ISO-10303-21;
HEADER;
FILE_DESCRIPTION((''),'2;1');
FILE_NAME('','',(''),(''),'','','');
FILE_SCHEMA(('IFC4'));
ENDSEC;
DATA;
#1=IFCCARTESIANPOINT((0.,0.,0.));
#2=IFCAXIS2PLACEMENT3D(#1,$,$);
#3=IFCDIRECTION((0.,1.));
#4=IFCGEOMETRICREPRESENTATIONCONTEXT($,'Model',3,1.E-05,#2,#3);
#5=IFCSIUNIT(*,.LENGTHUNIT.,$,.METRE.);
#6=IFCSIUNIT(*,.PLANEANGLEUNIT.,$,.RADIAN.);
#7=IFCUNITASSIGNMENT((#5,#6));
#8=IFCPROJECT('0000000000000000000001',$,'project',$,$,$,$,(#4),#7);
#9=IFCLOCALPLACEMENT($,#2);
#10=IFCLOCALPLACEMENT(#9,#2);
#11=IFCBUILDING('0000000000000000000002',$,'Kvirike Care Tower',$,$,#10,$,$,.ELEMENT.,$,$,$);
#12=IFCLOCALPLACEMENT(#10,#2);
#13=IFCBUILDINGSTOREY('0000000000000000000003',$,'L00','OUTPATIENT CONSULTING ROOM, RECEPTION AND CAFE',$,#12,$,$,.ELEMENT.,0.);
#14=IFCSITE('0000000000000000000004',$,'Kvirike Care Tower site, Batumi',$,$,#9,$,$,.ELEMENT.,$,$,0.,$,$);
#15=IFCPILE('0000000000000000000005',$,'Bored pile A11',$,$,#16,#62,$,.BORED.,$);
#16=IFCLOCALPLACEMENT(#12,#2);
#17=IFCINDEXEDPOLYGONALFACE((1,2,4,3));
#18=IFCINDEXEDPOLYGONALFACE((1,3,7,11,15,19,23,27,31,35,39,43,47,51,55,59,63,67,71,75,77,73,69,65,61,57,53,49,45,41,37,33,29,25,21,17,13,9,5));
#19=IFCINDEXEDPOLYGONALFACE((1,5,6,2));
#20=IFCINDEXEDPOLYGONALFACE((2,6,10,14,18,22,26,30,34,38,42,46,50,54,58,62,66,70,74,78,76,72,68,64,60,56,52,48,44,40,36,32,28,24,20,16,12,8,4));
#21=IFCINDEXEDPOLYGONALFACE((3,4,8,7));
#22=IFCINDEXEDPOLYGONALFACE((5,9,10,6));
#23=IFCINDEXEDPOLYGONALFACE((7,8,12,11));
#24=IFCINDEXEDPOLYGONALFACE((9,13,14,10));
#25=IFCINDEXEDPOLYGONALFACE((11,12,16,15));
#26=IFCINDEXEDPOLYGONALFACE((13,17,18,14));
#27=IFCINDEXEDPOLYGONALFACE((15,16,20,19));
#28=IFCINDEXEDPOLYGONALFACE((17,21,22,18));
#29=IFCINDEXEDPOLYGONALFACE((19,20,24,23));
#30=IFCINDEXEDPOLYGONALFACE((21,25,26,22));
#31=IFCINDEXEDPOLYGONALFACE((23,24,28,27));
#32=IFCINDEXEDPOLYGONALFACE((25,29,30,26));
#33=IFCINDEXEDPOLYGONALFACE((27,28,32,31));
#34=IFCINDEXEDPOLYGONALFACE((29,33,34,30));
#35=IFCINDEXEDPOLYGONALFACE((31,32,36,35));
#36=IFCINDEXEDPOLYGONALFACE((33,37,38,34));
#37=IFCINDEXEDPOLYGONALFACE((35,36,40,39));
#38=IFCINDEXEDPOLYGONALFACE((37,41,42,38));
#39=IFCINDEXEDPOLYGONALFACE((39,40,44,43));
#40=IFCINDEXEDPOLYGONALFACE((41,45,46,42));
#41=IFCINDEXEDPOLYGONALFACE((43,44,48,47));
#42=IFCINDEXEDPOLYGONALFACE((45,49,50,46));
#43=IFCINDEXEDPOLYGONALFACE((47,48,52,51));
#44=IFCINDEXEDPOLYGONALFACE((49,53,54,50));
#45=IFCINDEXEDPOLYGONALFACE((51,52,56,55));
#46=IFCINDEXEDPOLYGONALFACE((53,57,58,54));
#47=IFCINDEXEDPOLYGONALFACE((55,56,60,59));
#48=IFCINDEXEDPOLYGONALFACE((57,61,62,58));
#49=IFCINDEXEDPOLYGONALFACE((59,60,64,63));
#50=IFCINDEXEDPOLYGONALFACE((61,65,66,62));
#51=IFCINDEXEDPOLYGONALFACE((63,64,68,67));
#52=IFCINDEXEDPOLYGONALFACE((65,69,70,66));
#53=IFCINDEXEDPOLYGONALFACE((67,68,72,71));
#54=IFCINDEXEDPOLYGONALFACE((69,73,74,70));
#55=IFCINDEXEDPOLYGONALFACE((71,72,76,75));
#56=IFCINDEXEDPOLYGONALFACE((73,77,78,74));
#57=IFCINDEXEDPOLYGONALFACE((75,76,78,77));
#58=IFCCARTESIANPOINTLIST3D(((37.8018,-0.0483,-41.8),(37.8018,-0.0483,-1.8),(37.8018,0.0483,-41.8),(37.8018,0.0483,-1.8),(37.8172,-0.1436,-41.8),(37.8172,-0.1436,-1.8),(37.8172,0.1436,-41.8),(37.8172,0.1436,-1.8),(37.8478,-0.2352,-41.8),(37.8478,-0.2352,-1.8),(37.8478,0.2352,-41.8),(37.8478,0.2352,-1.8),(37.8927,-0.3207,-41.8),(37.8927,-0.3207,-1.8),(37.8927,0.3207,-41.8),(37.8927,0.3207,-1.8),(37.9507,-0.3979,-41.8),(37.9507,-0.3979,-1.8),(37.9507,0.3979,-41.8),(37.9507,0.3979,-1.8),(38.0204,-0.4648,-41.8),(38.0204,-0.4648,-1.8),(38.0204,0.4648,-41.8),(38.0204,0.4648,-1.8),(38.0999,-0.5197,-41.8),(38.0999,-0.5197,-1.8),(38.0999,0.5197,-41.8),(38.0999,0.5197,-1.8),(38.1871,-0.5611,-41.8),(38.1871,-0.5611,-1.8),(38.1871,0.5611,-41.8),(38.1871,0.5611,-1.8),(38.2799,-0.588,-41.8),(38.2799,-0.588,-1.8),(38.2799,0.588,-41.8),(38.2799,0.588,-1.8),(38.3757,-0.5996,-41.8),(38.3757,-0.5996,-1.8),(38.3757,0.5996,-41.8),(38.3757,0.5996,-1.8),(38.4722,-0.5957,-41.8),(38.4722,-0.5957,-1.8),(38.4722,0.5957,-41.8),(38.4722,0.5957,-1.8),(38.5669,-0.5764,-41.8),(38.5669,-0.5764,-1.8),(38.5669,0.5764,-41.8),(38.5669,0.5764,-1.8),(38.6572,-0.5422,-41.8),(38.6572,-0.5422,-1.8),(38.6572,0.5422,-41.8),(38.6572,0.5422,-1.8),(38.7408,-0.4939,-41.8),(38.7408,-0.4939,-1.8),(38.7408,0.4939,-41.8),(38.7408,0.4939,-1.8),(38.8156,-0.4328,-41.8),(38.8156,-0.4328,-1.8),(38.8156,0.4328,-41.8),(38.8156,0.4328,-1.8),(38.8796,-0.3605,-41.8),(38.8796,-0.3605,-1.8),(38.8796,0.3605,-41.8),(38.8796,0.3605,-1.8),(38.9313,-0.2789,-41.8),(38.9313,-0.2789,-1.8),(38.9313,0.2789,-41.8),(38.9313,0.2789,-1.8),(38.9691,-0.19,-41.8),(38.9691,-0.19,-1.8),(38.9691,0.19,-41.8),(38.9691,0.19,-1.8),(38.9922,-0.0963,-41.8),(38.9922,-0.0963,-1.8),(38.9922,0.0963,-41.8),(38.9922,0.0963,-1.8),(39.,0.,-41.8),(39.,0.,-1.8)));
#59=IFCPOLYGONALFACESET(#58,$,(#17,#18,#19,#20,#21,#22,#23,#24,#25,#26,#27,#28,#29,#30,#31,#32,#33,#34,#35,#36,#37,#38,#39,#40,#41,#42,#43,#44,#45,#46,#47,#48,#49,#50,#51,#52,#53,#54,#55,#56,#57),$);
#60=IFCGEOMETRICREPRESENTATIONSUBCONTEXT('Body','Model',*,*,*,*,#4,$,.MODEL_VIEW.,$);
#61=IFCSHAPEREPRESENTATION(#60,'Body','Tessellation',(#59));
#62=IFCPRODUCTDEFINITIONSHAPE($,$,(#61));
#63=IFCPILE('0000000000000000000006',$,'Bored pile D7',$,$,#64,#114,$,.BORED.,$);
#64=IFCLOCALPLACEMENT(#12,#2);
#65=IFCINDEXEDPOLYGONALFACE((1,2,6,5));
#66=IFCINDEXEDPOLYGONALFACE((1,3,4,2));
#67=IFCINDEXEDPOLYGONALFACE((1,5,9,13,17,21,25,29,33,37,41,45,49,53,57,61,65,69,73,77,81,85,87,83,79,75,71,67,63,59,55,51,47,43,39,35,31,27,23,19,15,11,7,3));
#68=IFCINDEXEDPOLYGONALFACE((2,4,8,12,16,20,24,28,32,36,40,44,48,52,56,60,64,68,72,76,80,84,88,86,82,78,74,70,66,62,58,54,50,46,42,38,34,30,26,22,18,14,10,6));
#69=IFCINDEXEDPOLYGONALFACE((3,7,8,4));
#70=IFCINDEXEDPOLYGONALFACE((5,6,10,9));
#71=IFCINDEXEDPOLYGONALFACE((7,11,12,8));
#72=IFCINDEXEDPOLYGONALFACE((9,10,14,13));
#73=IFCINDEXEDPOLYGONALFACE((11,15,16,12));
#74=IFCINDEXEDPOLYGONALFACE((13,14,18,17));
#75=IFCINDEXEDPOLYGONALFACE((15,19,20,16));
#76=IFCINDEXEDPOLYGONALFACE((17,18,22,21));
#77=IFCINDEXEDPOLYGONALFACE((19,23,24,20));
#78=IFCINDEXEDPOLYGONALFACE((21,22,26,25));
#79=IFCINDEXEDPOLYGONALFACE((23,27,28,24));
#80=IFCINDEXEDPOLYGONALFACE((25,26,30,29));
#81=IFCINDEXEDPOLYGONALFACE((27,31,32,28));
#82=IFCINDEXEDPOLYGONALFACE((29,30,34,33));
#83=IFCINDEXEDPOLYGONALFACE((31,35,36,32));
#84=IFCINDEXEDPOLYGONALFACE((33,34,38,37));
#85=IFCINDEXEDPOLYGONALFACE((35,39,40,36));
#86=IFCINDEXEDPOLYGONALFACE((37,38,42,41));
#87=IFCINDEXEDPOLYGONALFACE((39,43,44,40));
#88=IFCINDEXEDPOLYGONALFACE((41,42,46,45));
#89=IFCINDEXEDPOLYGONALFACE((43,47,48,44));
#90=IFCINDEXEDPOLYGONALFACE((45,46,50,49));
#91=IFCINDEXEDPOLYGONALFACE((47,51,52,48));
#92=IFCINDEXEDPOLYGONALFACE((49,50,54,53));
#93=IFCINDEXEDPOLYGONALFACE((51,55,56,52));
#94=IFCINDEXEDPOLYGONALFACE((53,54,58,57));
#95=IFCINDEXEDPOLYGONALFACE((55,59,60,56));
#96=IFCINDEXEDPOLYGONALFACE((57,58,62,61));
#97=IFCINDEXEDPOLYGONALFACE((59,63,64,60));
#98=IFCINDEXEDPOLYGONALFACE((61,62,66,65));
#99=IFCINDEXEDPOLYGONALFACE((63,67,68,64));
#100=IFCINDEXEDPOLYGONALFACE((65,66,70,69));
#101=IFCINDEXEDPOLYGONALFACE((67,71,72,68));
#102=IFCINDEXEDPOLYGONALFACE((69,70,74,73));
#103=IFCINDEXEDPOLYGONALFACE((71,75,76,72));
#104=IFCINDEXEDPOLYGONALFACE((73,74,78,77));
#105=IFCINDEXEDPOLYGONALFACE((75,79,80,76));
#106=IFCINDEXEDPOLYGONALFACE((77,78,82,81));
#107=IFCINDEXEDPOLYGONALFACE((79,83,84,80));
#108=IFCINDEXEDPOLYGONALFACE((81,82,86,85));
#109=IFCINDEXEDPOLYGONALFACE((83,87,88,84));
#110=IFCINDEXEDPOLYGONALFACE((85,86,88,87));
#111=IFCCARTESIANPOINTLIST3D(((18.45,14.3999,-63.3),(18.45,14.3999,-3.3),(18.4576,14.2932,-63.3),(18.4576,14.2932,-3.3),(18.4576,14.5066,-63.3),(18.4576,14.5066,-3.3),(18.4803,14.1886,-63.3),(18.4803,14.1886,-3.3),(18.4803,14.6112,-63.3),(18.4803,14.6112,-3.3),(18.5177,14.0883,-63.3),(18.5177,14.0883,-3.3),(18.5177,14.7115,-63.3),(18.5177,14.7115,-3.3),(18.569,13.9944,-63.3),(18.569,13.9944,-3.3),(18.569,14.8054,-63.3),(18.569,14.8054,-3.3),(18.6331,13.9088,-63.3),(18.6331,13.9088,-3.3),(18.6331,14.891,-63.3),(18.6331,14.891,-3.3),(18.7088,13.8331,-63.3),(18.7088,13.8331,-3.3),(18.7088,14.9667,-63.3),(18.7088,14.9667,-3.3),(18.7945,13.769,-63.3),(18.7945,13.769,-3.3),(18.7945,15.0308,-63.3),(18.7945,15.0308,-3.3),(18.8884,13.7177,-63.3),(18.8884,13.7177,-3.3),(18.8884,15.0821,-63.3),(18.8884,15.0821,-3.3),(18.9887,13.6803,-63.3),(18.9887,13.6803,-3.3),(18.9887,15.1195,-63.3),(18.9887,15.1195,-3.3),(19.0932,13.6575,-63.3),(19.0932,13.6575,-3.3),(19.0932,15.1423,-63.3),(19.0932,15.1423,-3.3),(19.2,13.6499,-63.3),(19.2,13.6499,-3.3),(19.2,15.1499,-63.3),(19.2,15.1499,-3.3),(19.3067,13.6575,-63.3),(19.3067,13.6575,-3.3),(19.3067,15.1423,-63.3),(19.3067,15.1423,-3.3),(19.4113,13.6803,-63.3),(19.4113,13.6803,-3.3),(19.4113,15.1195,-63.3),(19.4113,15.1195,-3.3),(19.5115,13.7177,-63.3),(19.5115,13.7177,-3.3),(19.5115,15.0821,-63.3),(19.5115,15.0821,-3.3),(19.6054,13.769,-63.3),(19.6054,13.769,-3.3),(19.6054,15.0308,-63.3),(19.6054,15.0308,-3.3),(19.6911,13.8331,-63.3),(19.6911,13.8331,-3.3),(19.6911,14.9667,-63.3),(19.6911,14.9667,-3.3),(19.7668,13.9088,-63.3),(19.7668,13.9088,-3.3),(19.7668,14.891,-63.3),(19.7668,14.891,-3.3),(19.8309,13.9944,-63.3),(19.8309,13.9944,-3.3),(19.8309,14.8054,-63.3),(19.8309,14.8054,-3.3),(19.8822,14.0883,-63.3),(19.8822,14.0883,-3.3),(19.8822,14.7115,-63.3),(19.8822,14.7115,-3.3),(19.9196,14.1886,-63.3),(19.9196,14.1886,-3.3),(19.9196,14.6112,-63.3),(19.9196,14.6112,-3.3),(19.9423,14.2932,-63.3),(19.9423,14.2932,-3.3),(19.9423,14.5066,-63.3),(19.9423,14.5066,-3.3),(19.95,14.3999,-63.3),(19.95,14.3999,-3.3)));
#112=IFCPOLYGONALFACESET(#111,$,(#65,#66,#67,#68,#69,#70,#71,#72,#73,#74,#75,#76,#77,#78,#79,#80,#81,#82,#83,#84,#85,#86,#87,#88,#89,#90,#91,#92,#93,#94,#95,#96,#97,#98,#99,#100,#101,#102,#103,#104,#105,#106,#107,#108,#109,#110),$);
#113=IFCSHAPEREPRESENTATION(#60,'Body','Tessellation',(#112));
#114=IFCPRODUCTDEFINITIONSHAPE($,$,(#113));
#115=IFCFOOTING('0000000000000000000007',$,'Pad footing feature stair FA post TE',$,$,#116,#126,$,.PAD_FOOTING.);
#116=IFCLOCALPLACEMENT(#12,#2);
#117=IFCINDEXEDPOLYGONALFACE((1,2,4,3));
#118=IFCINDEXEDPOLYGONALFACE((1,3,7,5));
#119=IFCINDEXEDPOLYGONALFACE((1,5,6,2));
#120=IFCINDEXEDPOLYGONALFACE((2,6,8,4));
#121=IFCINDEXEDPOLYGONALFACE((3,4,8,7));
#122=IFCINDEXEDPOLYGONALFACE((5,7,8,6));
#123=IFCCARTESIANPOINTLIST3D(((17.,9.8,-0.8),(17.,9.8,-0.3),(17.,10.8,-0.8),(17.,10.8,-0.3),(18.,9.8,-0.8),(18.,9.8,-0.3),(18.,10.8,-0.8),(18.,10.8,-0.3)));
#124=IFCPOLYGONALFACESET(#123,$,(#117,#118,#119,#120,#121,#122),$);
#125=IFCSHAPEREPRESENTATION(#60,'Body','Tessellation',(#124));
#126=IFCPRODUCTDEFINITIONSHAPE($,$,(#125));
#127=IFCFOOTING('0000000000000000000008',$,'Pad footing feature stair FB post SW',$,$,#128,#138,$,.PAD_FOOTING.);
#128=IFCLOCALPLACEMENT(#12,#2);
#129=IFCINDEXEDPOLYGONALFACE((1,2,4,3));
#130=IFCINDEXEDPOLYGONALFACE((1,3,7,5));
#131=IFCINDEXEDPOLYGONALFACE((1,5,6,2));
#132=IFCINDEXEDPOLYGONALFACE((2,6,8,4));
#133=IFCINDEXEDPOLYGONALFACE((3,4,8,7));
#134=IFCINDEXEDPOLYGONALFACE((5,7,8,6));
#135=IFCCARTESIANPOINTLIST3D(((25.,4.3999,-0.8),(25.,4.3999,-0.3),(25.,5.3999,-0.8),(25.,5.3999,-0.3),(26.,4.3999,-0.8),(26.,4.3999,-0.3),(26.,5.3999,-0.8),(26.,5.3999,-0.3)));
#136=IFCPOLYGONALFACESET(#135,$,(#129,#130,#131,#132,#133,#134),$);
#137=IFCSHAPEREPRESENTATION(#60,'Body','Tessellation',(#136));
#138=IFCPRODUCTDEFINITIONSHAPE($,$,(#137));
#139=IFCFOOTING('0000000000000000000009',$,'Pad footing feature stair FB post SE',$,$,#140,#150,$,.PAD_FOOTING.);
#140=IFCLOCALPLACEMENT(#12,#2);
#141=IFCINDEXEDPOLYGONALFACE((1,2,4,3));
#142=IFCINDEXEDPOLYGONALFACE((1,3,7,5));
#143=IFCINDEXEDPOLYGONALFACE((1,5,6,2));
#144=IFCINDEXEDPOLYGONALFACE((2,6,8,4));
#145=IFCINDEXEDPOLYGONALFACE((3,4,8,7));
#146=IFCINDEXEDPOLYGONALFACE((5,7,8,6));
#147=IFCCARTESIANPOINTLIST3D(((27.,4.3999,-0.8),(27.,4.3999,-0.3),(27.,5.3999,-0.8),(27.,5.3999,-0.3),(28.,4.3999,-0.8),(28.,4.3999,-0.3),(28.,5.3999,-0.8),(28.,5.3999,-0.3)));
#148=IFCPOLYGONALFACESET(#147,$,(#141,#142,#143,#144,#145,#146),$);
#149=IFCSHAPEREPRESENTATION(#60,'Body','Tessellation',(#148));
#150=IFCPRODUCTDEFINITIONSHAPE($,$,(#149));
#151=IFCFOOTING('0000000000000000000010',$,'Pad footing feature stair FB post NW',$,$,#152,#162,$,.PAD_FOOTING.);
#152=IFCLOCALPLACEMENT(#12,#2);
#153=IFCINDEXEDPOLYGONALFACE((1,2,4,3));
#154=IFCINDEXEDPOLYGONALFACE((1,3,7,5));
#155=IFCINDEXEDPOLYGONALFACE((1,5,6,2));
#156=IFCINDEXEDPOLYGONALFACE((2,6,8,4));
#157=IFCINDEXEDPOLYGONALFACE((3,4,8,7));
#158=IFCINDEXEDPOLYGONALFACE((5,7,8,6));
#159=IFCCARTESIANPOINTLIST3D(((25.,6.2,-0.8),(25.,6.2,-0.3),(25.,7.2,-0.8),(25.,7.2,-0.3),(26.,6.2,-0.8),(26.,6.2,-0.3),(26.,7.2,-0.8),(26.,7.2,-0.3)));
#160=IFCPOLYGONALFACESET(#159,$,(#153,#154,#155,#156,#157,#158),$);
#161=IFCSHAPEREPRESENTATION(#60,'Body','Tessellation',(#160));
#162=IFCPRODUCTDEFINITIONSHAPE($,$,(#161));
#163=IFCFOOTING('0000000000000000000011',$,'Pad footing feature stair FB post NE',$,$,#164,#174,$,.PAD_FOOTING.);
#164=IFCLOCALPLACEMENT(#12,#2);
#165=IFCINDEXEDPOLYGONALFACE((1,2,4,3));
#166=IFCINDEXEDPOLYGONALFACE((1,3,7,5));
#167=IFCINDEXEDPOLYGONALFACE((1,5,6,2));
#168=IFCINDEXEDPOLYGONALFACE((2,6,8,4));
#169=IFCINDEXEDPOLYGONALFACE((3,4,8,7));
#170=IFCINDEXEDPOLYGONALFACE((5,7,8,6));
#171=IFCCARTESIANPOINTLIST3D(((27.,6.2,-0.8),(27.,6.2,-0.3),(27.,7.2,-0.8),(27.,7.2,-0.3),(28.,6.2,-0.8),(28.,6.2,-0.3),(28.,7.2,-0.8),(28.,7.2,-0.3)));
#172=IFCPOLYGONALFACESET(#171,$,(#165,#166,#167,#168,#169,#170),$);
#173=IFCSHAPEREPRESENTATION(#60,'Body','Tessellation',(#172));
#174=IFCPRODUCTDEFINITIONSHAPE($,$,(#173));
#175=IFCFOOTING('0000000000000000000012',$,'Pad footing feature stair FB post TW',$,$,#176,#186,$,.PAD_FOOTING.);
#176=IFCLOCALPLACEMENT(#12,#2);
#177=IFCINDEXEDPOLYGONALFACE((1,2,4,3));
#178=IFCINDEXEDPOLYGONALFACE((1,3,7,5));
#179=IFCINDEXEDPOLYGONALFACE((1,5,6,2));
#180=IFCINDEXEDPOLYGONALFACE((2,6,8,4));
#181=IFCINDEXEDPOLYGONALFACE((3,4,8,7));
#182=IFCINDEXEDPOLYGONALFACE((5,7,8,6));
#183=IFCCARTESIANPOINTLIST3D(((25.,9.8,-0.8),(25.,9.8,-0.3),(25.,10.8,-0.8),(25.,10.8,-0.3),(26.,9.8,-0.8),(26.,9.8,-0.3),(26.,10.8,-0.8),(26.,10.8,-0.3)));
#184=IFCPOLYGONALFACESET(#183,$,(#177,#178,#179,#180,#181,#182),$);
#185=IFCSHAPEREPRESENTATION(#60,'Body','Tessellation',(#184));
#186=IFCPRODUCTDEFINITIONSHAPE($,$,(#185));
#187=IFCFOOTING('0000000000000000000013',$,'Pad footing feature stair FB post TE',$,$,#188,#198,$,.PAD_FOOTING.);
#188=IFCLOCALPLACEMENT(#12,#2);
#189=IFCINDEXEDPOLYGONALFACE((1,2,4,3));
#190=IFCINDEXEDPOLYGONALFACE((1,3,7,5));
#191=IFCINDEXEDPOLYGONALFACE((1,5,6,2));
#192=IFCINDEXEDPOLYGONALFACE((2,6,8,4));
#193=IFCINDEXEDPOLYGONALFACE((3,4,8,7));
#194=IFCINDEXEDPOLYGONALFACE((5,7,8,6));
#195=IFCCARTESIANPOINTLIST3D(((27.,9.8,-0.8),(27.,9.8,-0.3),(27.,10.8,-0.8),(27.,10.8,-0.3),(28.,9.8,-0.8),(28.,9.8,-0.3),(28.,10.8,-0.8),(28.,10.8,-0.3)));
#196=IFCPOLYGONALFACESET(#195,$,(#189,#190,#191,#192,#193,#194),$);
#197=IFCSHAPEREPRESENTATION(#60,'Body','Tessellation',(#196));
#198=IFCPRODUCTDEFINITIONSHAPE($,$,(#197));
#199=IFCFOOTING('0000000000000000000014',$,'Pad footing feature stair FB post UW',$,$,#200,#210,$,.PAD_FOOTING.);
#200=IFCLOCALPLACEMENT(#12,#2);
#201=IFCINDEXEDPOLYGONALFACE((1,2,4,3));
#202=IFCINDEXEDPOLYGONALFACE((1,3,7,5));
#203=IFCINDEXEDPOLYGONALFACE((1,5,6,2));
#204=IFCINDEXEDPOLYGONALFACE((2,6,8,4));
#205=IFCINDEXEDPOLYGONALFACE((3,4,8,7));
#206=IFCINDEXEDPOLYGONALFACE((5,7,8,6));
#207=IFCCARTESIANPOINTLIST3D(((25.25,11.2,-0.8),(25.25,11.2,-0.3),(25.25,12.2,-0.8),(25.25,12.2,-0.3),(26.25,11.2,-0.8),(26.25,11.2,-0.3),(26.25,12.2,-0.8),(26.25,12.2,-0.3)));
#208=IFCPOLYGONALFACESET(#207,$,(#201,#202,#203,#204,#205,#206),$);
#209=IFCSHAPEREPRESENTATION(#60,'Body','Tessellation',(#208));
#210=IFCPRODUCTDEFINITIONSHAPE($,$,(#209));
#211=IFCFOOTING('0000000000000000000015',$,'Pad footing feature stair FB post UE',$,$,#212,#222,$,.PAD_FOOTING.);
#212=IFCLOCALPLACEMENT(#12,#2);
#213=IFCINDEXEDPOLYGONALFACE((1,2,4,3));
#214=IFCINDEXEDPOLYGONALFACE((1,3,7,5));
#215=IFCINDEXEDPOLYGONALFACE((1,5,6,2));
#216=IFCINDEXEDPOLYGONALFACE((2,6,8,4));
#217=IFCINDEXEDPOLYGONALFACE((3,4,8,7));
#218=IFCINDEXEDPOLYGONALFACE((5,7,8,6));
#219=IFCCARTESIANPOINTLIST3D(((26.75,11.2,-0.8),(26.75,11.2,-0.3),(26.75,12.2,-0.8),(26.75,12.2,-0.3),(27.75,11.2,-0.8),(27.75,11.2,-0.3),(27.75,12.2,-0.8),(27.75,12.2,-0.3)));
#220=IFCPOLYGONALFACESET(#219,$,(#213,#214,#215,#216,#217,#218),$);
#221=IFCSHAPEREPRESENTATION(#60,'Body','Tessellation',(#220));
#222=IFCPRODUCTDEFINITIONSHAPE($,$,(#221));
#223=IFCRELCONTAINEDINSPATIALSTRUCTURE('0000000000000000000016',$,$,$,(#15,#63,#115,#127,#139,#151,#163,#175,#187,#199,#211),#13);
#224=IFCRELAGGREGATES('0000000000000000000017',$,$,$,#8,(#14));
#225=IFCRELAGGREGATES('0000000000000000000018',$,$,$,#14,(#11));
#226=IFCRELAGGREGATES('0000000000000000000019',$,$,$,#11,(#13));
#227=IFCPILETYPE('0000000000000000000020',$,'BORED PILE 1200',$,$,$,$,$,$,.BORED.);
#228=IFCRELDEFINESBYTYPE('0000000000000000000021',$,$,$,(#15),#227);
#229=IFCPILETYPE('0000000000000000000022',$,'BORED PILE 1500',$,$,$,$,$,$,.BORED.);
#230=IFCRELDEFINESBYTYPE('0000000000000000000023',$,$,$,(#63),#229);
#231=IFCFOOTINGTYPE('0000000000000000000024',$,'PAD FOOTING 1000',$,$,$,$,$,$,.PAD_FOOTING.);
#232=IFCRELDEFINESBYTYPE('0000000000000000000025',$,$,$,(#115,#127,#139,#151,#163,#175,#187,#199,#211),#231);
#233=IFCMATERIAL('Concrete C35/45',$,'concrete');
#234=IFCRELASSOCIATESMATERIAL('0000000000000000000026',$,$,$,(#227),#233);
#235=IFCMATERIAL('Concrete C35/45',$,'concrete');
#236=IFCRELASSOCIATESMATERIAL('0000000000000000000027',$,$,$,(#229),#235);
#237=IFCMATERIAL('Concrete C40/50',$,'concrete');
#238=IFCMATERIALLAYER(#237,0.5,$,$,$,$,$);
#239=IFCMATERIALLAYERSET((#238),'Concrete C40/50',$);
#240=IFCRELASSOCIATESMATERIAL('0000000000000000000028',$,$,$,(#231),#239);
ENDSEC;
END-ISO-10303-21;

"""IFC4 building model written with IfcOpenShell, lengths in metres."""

from ifc_helpers import new_model, si_unit, direction, frame, origin, origin_2d, place, context, subcontext, project, spatial, rectangle, circle, extrude, material, layer, layer_set, material_profile, profile_set, type_object, element, save


model = new_model("IFC4")

# Units and contexts
model_context = context("Model", 3, precision=1e-05, world=origin(), true_north=direction((0.0, 1.0)))
body_context = subcontext(model_context, "Body", "Model", "MODEL_VIEW")
ifc_project = project(units=[si_unit("LENGTHUNIT", "METRE"), si_unit("PLANEANGLEUNIT", "RADIAN")], contexts=[model_context])

# Site, building, storey
site_placement = place(None, origin())
site = spatial("IfcSite", under=ifc_project, at=site_placement, Name="Kvirike Care Tower site, Batumi", CompositionType="ELEMENT", RefElevation=0.0)
building_placement = place(site_placement, origin())
building = spatial("IfcBuilding", under=site, at=building_placement, Name="Kvirike Care Tower", CompositionType="ELEMENT")
storey_placement = place(building_placement, origin())
storey = spatial("IfcBuildingStorey", under=building, at=storey_placement, Name="L00", Description="OUTPATIENT CONSULTING ROOM, RECEPTION AND CAFE", CompositionType="ELEMENT", Elevation=0.0)

# Piles
ifc_material_1 = material(Name="Concrete C35/45", Category="concrete")
ifc_material_profile_1 = material_profile(ifc_material_1, circle(Radius=0.6001, at=origin_2d()), Name="BORED PILE 1200")
ifc_profile_set_1 = profile_set([ifc_material_profile_1], Name="Concrete C35/45")
pile_type_1 = type_object("IfcPileType", Name="BORED PILE 1200", PredefinedType="BORED", material=ifc_profile_set_1)
for number, where, z_axis, x_axis, name in (
    (1, (38.3999, 0.0, -1.8), (0.0, 0.0, -1.0), (1.0, 0.0, 0.0), "Bored pile A11"),
):
    element("IfcPile", number, at=place(storey_placement, frame(where, z_axis=z_axis, x_axis=x_axis)), inside=storey, type_object=pile_type_1, Name=name, PredefinedType="BORED", context=body_context, shape_type="SweptSolid", body=[
        extrude(circle(Radius=0.6001, at=origin_2d()), origin(), (0.0, 0.0, 1.0), 40.0),
    ])
ifc_material_2 = material(Name="Concrete C35/45", Category="concrete")
ifc_material_profile_2 = material_profile(ifc_material_2, circle(Radius=0.75, at=origin_2d()), Name="BORED PILE 1500")
ifc_profile_set_2 = profile_set([ifc_material_profile_2], Name="Concrete C35/45")
pile_type_2 = type_object("IfcPileType", Name="BORED PILE 1500", PredefinedType="BORED", material=ifc_profile_set_2)
pile_placement = place(storey_placement, frame((19.2, 14.3999, -3.3), z_axis=(0.0, 0.0, -1.0), x_axis=(1.0, 0.0, 0.0)))
element("IfcPile", 2, at=pile_placement, inside=storey, type_object=pile_type_2, Name="Bored pile D7", PredefinedType="BORED", context=body_context, shape_type="SweptSolid", body=[
    extrude(circle(Radius=0.75, at=origin_2d()), origin(), (0.0, 0.0, 1.0), 60.0),
])

# Footings
ifc_material_3 = material(Name="Concrete C40/50", Category="concrete")
ifc_layer_1 = layer(ifc_material_3, 0.5)
ifc_layer_set_1 = layer_set([ifc_layer_1], Name="Concrete C40/50")
footing_type_1 = type_object("IfcFootingType", Name="PAD FOOTING 1000", PredefinedType="PAD_FOOTING", material=ifc_layer_set_1)
for number, where, z_axis, x_axis, name in (
    (3, (17.5, 10.3, -0.8), (0.0, 0.0, 1.0), (1.0, 0.0, 0.0), "Pad footing feature stair FA post TE"),
    (4, (25.5, 4.8999, -0.8), (0.0, 0.0, 1.0), (1.0, 0.0, 0.0), "Pad footing feature stair FB post SW"),
    (5, (27.5, 4.8999, -0.8), (0.0, 0.0, 1.0), (1.0, 0.0, 0.0), "Pad footing feature stair FB post SE"),
    (6, (25.5, 6.7, -0.8), (0.0, 0.0, 1.0), (1.0, 0.0, 0.0), "Pad footing feature stair FB post NW"),
    (7, (27.5, 6.7, -0.8), (0.0, 0.0, 1.0), (1.0, 0.0, 0.0), "Pad footing feature stair FB post NE"),
    (8, (25.5, 10.3, -0.8), (0.0, 0.0, 1.0), (1.0, 0.0, 0.0), "Pad footing feature stair FB post TW"),
    (9, (27.5, 10.3, -0.8), (0.0, 0.0, 1.0), (1.0, 0.0, 0.0), "Pad footing feature stair FB post TE"),
    (10, (25.75, 11.7, -0.8), (0.0, 0.0, 1.0), (1.0, 0.0, 0.0), "Pad footing feature stair FB post UW"),
    (11, (27.25, 11.7, -0.8), (0.0, 0.0, 1.0), (1.0, 0.0, 0.0), "Pad footing feature stair FB post UE"),
):
    element("IfcFooting", number, at=place(storey_placement, frame(where, z_axis=z_axis, x_axis=x_axis)), inside=storey, type_object=footing_type_1, Name=name, PredefinedType="PAD_FOOTING", context=body_context, shape_type="SweptSolid", body=[
        extrude(rectangle(XDim=1.0, YDim=1.0, at=origin_2d()), origin(), (0.0, 0.0, 1.0), 0.5),
    ])

save(model, "model.ifc")
